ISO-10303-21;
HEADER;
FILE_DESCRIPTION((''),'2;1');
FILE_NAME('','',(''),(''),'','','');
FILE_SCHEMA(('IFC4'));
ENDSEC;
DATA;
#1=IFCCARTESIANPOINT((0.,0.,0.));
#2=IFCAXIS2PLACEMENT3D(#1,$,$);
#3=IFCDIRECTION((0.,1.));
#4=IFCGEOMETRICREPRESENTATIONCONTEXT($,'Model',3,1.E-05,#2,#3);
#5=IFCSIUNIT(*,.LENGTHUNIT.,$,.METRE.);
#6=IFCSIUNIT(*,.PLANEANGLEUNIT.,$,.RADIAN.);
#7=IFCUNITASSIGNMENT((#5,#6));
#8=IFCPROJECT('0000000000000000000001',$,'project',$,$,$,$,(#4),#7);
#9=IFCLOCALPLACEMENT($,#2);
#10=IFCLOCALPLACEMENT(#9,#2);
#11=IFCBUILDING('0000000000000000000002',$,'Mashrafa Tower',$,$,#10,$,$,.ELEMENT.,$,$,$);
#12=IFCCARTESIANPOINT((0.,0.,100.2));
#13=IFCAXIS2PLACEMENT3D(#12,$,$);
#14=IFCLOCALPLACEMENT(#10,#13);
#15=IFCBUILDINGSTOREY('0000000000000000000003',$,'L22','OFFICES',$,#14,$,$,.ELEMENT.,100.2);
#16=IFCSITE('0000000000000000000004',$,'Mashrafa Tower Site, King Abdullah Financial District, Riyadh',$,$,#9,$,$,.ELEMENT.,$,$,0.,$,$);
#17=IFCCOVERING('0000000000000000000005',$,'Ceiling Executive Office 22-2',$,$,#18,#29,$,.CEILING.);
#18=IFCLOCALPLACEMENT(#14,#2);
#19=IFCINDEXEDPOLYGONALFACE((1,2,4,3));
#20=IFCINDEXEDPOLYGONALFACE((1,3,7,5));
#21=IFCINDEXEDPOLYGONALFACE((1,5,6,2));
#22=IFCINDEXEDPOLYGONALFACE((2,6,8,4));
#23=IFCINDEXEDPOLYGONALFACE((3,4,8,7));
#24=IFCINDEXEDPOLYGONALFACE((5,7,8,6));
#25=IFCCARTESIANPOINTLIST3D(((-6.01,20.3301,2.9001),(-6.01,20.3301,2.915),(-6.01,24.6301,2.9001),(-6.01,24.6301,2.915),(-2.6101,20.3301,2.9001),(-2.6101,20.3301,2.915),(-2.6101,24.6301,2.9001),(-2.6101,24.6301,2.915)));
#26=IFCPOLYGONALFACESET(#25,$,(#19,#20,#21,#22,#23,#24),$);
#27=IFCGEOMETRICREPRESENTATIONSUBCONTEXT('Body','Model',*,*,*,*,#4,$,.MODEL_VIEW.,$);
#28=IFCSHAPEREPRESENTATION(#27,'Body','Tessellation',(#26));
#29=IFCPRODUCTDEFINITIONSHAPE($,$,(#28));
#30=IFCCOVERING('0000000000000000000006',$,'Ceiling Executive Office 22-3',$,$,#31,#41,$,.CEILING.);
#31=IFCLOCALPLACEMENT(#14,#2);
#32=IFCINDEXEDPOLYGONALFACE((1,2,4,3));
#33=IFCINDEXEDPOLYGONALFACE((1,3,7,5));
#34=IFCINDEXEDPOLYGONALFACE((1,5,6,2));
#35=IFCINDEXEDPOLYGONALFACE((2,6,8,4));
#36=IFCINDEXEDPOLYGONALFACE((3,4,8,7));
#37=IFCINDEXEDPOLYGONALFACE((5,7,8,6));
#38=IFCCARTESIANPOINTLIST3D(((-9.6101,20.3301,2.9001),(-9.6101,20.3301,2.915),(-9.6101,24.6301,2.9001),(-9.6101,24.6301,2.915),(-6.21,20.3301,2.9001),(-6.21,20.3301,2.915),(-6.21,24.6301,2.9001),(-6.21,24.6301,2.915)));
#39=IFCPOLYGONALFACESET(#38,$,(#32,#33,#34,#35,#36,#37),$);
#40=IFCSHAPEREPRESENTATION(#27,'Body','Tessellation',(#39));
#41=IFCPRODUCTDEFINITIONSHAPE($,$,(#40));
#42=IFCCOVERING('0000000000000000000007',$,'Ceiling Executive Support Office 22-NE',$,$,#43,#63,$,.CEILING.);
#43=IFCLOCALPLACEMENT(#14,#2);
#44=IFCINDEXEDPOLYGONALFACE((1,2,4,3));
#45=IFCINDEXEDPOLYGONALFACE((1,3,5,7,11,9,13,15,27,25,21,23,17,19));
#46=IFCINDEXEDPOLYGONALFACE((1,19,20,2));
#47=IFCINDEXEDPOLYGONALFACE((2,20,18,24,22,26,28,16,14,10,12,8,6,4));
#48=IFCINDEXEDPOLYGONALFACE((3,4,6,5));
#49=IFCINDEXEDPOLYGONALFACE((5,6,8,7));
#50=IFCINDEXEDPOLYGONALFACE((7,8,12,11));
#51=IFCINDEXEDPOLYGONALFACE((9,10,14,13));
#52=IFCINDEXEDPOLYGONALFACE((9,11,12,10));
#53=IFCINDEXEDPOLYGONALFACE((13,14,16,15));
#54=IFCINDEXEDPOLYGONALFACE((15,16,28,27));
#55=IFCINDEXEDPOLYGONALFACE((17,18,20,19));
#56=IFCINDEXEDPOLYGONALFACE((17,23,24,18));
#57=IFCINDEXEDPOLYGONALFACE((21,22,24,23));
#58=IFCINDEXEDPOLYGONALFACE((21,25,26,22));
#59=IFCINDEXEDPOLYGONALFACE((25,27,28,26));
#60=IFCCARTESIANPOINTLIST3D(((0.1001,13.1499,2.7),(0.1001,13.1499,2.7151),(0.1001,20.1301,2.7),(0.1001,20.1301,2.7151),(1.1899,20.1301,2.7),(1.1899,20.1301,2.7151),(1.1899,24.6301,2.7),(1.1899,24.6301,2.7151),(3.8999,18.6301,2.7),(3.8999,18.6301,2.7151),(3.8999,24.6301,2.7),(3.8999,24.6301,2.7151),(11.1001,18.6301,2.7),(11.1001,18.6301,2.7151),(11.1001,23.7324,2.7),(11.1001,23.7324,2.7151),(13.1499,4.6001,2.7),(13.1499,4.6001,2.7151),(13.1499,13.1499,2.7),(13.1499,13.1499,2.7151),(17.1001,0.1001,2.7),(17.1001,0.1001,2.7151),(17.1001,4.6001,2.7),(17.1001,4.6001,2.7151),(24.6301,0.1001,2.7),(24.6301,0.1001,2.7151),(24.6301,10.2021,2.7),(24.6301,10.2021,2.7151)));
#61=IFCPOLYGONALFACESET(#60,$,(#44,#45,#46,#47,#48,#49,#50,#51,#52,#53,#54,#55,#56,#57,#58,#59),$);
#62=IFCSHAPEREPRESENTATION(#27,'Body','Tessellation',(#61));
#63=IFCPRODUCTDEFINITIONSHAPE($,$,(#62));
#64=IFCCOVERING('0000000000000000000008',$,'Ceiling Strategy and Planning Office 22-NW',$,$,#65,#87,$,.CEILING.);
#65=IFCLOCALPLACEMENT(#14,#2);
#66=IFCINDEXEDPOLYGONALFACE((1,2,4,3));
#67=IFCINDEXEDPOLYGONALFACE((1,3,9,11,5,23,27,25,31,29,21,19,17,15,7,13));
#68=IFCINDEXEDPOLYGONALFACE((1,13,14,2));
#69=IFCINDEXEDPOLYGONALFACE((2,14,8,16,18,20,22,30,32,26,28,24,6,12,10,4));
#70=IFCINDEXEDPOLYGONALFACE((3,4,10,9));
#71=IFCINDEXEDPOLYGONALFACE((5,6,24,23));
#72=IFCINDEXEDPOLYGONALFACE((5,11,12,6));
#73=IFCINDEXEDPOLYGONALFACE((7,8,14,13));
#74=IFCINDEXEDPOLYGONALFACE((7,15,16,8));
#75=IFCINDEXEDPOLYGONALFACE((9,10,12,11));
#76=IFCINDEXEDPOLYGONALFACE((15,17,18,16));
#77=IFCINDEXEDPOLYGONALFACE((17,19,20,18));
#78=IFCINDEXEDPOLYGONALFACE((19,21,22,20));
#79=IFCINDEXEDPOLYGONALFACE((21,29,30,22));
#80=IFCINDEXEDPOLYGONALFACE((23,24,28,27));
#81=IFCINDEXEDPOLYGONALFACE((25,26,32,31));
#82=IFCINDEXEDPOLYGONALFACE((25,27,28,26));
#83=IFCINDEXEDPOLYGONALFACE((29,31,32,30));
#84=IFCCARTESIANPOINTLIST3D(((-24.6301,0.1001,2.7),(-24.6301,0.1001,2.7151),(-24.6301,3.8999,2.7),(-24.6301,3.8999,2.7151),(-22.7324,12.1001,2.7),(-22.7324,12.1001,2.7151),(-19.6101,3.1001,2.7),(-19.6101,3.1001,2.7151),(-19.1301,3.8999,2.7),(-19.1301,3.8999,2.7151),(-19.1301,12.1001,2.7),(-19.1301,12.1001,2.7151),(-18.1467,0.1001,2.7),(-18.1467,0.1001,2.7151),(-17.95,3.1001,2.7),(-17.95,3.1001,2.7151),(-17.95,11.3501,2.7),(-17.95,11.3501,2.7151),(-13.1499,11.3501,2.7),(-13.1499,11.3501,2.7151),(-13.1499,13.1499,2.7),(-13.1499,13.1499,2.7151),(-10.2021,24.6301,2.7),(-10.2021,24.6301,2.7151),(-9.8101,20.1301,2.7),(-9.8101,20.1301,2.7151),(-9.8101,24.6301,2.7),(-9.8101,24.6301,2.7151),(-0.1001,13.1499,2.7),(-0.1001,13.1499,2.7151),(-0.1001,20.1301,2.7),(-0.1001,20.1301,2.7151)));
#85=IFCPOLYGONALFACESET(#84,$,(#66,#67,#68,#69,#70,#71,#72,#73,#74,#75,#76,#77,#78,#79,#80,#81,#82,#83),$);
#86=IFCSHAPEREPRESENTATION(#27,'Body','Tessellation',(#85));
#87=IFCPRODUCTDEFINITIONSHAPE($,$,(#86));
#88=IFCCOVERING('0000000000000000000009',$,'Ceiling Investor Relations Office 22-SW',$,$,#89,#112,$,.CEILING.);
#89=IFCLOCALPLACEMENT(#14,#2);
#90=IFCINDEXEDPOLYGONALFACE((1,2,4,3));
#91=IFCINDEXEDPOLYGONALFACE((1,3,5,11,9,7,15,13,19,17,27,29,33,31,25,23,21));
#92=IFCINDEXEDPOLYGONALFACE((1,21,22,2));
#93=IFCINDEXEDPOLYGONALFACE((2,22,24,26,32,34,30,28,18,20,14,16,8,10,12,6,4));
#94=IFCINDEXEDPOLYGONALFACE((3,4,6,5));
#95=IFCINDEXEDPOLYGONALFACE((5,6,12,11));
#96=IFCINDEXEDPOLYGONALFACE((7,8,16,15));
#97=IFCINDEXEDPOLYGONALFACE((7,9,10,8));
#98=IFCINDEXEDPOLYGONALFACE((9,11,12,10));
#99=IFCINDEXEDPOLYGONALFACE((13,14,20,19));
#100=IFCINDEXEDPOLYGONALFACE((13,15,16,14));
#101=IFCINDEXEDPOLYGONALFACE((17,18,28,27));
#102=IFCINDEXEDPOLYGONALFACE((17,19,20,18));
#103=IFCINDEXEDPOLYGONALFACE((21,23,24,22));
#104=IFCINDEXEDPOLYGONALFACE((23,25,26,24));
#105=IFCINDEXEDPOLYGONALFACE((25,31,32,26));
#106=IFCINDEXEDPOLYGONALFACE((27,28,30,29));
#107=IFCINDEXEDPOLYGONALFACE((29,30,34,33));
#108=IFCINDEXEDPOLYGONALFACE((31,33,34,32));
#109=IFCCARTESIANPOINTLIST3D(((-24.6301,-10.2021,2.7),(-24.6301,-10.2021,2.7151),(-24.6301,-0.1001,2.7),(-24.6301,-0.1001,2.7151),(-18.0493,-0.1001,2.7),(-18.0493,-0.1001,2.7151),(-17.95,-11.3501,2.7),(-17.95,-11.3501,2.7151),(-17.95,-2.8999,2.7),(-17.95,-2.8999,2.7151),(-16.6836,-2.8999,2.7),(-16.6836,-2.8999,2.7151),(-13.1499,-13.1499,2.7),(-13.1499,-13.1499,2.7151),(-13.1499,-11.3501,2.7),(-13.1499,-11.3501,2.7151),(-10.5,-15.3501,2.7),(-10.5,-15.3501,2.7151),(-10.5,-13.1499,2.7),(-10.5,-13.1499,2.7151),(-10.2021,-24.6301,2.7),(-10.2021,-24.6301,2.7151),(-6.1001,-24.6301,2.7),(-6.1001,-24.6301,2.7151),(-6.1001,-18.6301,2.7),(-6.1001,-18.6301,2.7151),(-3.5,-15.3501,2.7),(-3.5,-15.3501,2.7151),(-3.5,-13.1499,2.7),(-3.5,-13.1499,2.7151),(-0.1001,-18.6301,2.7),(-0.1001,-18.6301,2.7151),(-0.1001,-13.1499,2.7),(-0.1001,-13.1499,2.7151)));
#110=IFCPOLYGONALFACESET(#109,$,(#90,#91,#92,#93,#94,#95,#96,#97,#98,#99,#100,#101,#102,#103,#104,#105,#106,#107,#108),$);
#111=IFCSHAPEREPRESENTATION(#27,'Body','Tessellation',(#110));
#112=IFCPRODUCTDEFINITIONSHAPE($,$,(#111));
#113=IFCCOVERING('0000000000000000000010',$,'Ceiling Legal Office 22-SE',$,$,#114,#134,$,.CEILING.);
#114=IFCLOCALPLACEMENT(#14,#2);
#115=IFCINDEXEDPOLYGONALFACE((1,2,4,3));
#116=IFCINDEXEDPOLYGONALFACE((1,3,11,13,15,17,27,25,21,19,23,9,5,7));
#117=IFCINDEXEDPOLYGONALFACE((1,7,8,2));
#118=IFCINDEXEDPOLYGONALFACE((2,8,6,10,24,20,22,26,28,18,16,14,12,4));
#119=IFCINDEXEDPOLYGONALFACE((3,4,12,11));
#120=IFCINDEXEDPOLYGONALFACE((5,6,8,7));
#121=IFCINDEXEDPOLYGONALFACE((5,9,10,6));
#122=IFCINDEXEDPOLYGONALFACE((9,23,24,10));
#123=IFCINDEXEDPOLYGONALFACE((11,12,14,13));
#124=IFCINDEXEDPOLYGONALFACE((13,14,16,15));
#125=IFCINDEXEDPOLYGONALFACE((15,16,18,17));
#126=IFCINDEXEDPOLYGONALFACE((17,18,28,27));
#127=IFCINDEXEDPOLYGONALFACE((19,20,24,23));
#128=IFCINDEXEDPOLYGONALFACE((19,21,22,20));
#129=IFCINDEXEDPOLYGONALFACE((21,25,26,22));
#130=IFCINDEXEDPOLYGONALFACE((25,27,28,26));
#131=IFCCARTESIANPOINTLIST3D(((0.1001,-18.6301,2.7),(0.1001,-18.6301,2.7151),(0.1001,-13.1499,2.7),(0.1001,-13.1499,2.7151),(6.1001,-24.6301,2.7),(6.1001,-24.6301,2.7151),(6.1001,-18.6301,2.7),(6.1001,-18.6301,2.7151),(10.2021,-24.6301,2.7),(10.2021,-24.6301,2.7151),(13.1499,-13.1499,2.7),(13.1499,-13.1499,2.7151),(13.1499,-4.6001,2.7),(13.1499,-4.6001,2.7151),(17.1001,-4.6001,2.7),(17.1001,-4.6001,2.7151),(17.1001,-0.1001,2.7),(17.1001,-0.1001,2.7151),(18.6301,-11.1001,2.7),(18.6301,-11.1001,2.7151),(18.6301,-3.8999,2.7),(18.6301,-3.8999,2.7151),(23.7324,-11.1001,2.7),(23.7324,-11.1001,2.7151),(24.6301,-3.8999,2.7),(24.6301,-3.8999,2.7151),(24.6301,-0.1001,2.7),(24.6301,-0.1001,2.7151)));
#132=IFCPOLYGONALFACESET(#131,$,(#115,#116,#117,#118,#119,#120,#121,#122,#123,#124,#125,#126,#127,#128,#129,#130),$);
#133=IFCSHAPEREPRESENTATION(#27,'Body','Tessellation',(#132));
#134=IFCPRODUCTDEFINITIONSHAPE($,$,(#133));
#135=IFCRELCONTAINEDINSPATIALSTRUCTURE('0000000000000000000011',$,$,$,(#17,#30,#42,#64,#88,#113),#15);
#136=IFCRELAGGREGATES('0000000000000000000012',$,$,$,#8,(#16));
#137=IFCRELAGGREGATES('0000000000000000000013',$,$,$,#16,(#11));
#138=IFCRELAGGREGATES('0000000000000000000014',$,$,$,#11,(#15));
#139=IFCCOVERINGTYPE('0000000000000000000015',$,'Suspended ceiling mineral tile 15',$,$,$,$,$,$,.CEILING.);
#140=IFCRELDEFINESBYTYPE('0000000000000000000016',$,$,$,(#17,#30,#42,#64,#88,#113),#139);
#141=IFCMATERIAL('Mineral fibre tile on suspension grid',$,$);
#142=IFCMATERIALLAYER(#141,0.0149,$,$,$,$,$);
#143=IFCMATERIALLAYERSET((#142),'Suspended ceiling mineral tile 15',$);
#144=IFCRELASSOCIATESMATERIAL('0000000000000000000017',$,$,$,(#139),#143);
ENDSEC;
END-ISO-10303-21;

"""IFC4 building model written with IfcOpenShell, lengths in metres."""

from ifc_helpers import new_model, si_unit, direction, frame, origin, place, context, subcontext, project, spatial, polyline, outline, extrude, material, layer, layer_set, type_object, element, save


model = new_model("IFC4")

# Units and contexts
model_context = context("Model", 3, precision=1e-05, world=origin(), true_north=direction((0.0, 1.0)))
body_context = subcontext(model_context, "Body", "Model", "MODEL_VIEW")
ifc_project = project(units=[si_unit("LENGTHUNIT", "METRE"), si_unit("PLANEANGLEUNIT", "RADIAN")], contexts=[model_context])

# Site, building, storey
site_placement = place(None, origin())
site = spatial("IfcSite", under=ifc_project, at=site_placement, Name="Mashrafa Tower Site, King Abdullah Financial District, Riyadh", CompositionType="ELEMENT", RefElevation=0.0)
building_placement = place(site_placement, origin())
building = spatial("IfcBuilding", under=site, at=building_placement, Name="Mashrafa Tower", CompositionType="ELEMENT")
storey_placement = place(building_placement, frame((0.0, 0.0, 100.2)))
storey = spatial("IfcBuildingStorey", under=building, at=storey_placement, Name="L22", Description="OFFICES", CompositionType="ELEMENT", Elevation=100.2)

# Coverings
ifc_material_1 = material(Name="Mineral fibre tile on suspension grid")
ifc_layer_1 = layer(ifc_material_1, 0.0149)
ifc_layer_set_1 = layer_set([ifc_layer_1], Name="Suspended ceiling mineral tile 15")
covering_type = type_object("IfcCoveringType", Name="Suspended ceiling mineral tile 15", PredefinedType="CEILING", material=ifc_layer_set_1)
covering_1_placement = place(storey_placement, frame((0.0, 0.0, 2.9001)))
element("IfcCovering", 1, at=covering_1_placement, inside=storey, type_object=covering_type, Name="Ceiling Executive Office 22-2", PredefinedType="CEILING", context=body_context, shape_type="SweptSolid", body=[
    extrude(outline(polyline([(-6.01, 24.6301), (-2.6101, 24.6301), (-2.6101, 20.3301), (-6.01, 20.3301), (-6.01, 24.6301)])), origin(), (0.0, 0.0, 1.0), 0.0149),
])
covering_2_placement = place(storey_placement, frame((0.0, 0.0, 2.9001)))
element("IfcCovering", 2, at=covering_2_placement, inside=storey, type_object=covering_type, Name="Ceiling Executive Office 22-3", PredefinedType="CEILING", context=body_context, shape_type="SweptSolid", body=[
    extrude(outline(polyline([(-9.6101, 24.6301), (-6.21, 24.6301), (-6.21, 20.3301), (-9.6101, 20.3301), (-9.6101, 24.6301)])), origin(), (0.0, 0.0, 1.0), 0.0149),
])
covering_3_placement = place(storey_placement, frame((0.0, 0.0, 2.7)))
element("IfcCovering", 3, at=covering_3_placement, inside=storey, type_object=covering_type, Name="Ceiling Executive Support Office 22-NE", PredefinedType="CEILING", context=body_context, shape_type="SweptSolid", body=[
    extrude(outline(polyline([(0.1001, 13.1499), (0.1001, 20.1301), (1.1899, 20.1301), (1.1899, 24.6301), (3.8999, 24.6301), (3.8999, 18.6301), (11.1001, 18.6301), (11.1001, 23.7324), (24.6301, 10.2021), (24.6301, 0.1001), (17.1001, 0.1001), (17.1001, 4.6001), (13.1499, 4.6001), (13.1499, 13.1499), (0.1001, 13.1499)])), origin(), (0.0, 0.0, 1.0), 0.0151),
])
covering_4_placement = place(storey_placement, frame((0.0, 0.0, 2.7)))
element("IfcCovering", 4, at=covering_4_placement, inside=storey, type_object=covering_type, Name="Ceiling Strategy and Planning Office 22-NW", PredefinedType="CEILING", context=body_context, shape_type="SweptSolid", body=[
    extrude(outline(polyline([(-18.1467, 0.1001), (-24.6301, 0.1001), (-24.6301, 3.8999), (-19.1301, 3.8999), (-19.1301, 12.1001), (-22.7324, 12.1001), (-10.2021, 24.6301), (-9.8101, 24.6301), (-9.8101, 20.1301), (-0.1001, 20.1301), (-0.1001, 13.1499), (-13.1499, 13.1499), (-13.1499, 11.3501), (-17.95, 11.3501), (-17.95, 3.1001), (-19.6101, 3.1001), (-18.1467, 0.1001)])), origin(), (0.0, 0.0, 1.0), 0.0151),
])
covering_5_placement = place(storey_placement, frame((0.0, 0.0, 2.7)))
element("IfcCovering", 5, at=covering_5_placement, inside=storey, type_object=covering_type, Name="Ceiling Investor Relations Office 22-SW", PredefinedType="CEILING", context=body_context, shape_type="SweptSolid", body=[
    extrude(outline(polyline([(-0.1001, -13.1499), (-0.1001, -18.6301), (-6.1001, -18.6301), (-6.1001, -24.6301), (-10.2021, -24.6301), (-24.6301, -10.2021), (-24.6301, -0.1001), (-18.0493, -0.1001), (-16.6836, -2.8999), (-17.95, -2.8999), (-17.95, -11.3501), (-13.1499, -11.3501), (-13.1499, -13.1499), (-10.5, -13.1499), (-10.5, -15.3501), (-3.5, -15.3501), (-3.5, -13.1499), (-0.1001, -13.1499)])), origin(), (0.0, 0.0, 1.0), 0.0151),
])
covering_6_placement = place(storey_placement, frame((0.0, 0.0, 2.7)))
element("IfcCovering", 6, at=covering_6_placement, inside=storey, type_object=covering_type, Name="Ceiling Legal Office 22-SE", PredefinedType="CEILING", context=body_context, shape_type="SweptSolid", body=[
    extrude(outline(polyline([(17.1001, -0.1001), (24.6301, -0.1001), (24.6301, -3.8999), (18.6301, -3.8999), (18.6301, -11.1001), (23.7324, -11.1001), (10.2021, -24.6301), (6.1001, -24.6301), (6.1001, -18.6301), (0.1001, -18.6301), (0.1001, -13.1499), (13.1499, -13.1499), (13.1499, -4.6001), (17.1001, -4.6001), (17.1001, -0.1001)])), origin(), (0.0, 0.0, 1.0), 0.0151),
])

save(model, "model.ifc")
